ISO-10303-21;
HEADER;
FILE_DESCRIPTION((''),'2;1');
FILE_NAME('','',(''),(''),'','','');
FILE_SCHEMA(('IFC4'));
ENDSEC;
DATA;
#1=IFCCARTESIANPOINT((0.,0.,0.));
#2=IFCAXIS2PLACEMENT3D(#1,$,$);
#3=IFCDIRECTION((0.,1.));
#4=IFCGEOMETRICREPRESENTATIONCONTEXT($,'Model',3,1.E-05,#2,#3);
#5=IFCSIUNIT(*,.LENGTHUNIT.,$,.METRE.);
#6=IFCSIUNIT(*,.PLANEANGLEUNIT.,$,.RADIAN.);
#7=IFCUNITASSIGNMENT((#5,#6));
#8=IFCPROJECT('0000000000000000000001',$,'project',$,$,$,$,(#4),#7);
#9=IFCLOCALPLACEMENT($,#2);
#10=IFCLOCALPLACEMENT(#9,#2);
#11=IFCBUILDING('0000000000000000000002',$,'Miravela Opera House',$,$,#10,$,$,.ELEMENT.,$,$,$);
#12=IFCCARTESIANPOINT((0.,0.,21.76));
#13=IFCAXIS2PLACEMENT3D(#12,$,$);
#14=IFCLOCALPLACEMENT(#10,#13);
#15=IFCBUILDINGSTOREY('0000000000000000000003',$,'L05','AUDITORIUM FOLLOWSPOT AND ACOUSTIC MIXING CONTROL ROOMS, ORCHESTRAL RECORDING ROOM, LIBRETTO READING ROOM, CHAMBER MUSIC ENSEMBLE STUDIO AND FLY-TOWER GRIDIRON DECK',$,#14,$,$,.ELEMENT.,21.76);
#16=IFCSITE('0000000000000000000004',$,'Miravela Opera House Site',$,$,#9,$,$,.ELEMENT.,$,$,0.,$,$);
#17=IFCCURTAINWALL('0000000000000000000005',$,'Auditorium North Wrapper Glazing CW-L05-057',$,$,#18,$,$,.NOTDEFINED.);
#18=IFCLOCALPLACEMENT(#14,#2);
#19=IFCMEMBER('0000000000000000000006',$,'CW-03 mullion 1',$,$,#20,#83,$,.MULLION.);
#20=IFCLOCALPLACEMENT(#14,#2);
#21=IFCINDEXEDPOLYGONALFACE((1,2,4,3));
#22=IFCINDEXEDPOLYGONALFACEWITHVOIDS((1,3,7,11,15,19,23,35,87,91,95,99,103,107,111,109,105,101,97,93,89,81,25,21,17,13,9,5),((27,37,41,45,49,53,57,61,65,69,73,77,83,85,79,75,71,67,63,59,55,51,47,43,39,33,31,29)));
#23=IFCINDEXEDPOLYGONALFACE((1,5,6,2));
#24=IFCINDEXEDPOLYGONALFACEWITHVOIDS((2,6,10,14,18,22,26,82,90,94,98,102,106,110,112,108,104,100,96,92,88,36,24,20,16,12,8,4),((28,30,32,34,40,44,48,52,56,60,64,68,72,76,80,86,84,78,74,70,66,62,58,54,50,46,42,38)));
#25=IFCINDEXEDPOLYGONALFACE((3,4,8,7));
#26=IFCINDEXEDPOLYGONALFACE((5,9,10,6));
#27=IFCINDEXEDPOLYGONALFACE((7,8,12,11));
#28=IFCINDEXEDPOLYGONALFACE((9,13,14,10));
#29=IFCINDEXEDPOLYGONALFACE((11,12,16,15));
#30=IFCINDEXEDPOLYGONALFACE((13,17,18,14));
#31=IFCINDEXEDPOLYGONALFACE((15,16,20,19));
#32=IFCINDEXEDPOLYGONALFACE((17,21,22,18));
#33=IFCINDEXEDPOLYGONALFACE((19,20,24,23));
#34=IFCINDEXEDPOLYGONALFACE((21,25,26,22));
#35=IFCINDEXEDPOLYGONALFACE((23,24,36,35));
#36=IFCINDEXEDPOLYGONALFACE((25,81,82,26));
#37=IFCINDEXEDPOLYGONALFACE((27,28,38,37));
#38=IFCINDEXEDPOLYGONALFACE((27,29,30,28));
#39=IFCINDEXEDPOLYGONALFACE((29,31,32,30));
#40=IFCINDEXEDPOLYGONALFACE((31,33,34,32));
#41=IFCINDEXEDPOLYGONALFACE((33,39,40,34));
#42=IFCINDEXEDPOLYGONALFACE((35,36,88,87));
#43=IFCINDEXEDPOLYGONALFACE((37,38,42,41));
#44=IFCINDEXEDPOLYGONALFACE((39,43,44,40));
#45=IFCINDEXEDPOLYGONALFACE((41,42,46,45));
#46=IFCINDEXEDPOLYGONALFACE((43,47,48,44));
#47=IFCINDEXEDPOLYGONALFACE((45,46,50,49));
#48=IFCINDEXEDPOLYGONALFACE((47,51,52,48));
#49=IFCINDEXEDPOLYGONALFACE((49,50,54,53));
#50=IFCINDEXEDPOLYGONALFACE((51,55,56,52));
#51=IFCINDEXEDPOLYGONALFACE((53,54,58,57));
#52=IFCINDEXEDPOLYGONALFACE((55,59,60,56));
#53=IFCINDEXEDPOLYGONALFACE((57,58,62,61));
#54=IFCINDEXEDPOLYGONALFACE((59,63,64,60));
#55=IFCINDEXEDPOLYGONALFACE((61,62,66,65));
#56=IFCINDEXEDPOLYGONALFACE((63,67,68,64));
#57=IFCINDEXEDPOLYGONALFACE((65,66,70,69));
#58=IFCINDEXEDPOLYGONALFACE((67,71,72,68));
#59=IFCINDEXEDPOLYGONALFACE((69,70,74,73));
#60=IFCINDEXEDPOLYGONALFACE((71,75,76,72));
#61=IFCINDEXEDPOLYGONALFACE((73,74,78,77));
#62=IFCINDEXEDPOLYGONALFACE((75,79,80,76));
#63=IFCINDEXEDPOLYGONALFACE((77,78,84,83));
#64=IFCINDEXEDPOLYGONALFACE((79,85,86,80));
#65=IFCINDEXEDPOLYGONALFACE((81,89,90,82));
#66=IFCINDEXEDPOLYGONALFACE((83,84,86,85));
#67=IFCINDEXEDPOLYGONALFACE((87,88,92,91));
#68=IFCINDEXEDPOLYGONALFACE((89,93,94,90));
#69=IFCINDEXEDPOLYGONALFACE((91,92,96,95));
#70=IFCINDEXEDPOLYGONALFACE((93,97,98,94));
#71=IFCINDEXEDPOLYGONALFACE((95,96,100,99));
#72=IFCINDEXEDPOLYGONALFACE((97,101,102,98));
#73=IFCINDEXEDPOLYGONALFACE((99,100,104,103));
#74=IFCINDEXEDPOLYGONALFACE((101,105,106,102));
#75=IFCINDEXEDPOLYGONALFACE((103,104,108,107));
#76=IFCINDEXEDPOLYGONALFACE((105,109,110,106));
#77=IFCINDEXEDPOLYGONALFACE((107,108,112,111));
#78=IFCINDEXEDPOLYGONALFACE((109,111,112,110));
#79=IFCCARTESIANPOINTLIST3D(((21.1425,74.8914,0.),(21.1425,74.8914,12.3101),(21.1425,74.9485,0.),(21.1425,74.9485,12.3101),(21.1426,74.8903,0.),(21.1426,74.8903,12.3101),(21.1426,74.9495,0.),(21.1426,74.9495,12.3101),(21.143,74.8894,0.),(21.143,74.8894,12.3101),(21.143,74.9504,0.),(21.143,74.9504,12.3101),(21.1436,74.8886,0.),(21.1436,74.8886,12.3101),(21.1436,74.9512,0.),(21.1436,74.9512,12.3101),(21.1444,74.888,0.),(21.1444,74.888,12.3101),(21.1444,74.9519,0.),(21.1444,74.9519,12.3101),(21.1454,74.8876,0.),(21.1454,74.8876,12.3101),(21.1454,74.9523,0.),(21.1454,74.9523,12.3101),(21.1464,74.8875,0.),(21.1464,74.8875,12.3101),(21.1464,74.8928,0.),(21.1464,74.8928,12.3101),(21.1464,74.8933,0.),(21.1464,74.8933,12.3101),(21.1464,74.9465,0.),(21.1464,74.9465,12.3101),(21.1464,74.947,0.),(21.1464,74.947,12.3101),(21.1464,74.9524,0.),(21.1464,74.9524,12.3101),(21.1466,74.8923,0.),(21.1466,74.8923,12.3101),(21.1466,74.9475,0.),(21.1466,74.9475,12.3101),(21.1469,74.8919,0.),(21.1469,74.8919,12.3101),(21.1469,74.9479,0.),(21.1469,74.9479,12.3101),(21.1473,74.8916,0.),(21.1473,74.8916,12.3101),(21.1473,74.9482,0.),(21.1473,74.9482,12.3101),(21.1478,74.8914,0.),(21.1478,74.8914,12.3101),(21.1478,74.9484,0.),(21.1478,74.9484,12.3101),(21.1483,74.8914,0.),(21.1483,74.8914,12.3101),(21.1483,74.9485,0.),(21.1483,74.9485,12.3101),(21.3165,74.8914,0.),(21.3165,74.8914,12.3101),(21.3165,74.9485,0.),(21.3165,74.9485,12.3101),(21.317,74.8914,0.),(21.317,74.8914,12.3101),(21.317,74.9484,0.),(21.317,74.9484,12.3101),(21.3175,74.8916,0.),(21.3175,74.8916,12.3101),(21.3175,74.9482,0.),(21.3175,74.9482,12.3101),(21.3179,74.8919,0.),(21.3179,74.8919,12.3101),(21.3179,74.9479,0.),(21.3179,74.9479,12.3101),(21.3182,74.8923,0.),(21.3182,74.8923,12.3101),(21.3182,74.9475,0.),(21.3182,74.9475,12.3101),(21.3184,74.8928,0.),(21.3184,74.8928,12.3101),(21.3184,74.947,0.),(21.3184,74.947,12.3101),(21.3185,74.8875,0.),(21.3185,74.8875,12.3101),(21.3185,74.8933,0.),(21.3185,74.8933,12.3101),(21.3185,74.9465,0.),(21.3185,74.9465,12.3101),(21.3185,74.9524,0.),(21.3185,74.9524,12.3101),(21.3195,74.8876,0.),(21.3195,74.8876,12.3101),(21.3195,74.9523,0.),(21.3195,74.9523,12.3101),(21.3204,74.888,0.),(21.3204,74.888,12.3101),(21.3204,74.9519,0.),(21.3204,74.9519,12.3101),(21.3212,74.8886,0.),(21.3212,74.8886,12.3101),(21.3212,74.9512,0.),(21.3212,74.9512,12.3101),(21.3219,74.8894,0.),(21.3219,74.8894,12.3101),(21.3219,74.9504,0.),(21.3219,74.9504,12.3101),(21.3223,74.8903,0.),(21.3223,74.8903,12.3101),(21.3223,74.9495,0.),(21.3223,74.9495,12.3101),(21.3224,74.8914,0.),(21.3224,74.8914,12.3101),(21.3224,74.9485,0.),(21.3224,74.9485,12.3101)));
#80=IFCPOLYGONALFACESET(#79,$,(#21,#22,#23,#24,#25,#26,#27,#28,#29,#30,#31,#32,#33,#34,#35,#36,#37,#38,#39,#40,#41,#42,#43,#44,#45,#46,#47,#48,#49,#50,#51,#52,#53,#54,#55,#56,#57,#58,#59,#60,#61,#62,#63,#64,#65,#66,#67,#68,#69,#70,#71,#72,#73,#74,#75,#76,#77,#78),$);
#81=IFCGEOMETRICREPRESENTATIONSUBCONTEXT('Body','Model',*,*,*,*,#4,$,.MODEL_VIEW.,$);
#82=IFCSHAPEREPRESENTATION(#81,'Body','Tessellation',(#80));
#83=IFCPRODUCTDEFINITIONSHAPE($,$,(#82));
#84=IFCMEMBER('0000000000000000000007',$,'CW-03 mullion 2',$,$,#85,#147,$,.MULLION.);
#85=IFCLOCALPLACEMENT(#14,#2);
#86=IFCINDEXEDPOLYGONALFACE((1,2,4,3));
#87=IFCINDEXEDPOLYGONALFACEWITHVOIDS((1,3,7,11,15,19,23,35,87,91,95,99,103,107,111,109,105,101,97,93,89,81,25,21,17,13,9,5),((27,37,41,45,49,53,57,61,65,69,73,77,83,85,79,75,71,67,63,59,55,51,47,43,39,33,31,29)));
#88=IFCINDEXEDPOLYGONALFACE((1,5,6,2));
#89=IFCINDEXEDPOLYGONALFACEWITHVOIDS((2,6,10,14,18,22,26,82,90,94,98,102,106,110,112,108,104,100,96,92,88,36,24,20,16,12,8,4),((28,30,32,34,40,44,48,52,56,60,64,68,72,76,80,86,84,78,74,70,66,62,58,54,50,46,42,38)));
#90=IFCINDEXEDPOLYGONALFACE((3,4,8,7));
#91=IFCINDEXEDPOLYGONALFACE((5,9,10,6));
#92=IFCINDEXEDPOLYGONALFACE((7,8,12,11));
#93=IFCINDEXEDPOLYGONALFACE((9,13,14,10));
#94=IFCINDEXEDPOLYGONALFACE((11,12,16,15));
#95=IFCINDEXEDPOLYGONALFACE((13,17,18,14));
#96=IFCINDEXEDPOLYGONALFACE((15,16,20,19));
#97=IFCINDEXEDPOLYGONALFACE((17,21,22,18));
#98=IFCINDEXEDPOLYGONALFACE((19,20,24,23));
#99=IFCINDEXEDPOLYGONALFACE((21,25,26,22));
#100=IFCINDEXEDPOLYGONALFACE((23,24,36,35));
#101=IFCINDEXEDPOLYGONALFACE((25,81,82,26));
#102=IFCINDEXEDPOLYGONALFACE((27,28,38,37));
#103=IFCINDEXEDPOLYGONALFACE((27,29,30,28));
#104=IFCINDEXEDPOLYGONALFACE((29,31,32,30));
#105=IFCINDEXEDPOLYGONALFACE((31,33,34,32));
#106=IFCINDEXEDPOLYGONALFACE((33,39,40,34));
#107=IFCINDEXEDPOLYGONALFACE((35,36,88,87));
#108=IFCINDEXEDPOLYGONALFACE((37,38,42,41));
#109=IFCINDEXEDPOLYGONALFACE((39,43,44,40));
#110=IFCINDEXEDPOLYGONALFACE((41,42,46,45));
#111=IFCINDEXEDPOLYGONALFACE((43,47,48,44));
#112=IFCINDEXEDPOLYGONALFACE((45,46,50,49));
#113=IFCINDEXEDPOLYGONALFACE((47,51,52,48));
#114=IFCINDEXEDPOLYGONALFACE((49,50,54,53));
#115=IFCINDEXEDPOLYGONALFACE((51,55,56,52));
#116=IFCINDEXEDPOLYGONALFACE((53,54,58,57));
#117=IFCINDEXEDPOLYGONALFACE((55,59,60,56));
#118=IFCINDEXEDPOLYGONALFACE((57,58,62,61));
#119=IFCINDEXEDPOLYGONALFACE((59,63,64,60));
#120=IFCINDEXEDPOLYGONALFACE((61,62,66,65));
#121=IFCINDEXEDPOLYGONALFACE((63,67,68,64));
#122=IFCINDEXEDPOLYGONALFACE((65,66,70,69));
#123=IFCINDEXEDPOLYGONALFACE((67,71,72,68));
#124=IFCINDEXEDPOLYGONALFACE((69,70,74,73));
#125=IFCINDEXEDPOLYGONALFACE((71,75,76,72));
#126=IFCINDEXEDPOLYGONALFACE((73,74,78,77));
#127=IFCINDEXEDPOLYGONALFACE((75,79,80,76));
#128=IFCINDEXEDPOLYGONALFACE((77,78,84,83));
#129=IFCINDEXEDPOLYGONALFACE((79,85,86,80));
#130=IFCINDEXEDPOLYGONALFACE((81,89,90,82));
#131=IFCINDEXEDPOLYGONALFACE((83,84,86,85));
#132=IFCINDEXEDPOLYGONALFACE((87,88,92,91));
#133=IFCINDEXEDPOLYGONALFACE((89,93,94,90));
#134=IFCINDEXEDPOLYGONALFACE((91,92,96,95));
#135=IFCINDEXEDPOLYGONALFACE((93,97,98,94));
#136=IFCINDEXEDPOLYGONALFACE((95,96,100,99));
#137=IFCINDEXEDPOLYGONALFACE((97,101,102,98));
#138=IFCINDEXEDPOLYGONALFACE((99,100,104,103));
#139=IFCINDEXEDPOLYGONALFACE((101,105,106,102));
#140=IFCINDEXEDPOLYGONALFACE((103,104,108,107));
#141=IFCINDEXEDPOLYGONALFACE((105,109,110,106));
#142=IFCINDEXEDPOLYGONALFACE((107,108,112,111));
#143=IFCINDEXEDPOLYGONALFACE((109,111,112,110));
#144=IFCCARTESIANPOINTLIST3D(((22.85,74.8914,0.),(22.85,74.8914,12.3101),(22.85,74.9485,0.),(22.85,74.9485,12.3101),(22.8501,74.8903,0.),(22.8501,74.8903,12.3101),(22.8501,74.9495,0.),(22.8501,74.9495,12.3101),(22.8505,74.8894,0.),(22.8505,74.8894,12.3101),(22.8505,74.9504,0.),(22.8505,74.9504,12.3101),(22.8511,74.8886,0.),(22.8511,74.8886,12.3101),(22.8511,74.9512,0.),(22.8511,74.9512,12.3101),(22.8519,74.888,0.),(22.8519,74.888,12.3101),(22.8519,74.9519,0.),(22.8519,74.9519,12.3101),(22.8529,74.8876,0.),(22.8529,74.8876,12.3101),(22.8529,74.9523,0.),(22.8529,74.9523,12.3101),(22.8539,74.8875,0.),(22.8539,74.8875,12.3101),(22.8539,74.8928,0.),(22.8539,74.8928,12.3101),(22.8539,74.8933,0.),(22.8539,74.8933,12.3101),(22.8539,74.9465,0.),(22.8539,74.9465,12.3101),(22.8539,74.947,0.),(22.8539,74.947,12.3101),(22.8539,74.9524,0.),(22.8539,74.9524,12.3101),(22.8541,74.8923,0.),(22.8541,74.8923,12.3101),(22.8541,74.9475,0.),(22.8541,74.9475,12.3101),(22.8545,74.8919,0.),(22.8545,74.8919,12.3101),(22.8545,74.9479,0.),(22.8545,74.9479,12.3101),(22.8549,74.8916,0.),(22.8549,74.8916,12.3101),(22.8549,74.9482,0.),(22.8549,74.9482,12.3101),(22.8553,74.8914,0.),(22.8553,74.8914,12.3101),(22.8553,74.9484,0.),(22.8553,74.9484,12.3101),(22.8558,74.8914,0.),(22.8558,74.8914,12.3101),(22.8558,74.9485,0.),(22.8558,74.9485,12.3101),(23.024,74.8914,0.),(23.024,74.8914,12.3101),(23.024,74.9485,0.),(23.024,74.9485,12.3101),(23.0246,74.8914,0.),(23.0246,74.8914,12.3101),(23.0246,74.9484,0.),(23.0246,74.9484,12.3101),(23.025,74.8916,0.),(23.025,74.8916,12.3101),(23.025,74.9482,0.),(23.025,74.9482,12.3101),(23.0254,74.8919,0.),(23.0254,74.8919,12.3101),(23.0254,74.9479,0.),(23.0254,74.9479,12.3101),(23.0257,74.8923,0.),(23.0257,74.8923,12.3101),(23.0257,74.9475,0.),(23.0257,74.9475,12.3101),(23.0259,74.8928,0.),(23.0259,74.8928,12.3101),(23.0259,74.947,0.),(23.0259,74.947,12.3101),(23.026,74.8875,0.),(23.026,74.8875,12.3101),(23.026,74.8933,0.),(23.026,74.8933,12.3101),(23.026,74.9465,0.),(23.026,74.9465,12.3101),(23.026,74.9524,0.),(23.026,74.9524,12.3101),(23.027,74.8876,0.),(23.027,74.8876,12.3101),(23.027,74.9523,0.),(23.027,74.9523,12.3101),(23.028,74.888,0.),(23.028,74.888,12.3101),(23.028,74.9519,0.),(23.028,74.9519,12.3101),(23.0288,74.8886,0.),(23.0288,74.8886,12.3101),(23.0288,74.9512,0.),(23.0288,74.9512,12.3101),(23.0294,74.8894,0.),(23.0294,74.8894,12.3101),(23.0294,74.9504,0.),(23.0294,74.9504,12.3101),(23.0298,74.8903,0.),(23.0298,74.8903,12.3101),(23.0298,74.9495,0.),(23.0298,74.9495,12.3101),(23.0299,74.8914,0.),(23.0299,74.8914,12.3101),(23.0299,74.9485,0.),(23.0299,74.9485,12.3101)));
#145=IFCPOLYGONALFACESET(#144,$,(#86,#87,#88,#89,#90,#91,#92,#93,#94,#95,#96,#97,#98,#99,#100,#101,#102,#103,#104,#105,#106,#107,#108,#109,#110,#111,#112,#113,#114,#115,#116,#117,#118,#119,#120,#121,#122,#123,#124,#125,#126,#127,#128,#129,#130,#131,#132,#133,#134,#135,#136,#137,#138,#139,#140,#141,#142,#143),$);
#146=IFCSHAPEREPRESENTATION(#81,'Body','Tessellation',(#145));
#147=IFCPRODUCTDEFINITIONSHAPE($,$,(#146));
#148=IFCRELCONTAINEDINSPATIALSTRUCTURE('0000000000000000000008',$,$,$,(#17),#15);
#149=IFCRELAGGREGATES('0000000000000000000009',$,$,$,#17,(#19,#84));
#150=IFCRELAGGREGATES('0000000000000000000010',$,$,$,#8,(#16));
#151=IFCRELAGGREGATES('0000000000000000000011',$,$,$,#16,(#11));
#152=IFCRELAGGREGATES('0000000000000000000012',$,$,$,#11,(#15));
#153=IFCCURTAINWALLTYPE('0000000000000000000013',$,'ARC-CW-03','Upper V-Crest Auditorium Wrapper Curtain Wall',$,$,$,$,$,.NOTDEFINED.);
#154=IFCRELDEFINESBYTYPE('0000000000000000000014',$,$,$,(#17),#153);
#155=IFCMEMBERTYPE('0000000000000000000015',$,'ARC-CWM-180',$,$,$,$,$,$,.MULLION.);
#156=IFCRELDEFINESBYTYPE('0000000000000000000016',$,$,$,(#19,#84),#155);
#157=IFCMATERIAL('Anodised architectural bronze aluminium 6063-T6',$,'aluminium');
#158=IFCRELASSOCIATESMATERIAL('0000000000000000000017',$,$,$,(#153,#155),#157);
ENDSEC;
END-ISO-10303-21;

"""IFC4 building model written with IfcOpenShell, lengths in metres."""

from ifc_helpers import new_model, si_unit, direction, frame, origin, origin_2d, place, context, subcontext, project, spatial, hollow_rectangle, extrude, material, material_profile, profile_set, type_object, element, aggregate, save


model = new_model("IFC4")

# Units and contexts
model_context = context("Model", 3, precision=1e-05, world=origin(), true_north=direction((0.0, 1.0)))
body_context = subcontext(model_context, "Body", "Model", "MODEL_VIEW")
ifc_project = project(units=[si_unit("LENGTHUNIT", "METRE"), si_unit("PLANEANGLEUNIT", "RADIAN")], contexts=[model_context])

# Site, building, storey
site_placement = place(None, origin())
site = spatial("IfcSite", under=ifc_project, at=site_placement, Name="Miravela Opera House Site", CompositionType="ELEMENT", RefElevation=0.0)
building_placement = place(site_placement, origin())
building = spatial("IfcBuilding", under=site, at=building_placement, Name="Miravela Opera House", CompositionType="ELEMENT")
storey_placement = place(building_placement, frame((0.0, 0.0, 21.76)))
storey = spatial("IfcBuildingStorey", under=building, at=storey_placement, Name="L05", Description="AUDITORIUM FOLLOWSPOT AND ACOUSTIC MIXING CONTROL ROOMS, ORCHESTRAL RECORDING ROOM, LIBRETTO READING ROOM, CHAMBER MUSIC ENSEMBLE STUDIO AND FLY-TOWER GRIDIRON DECK", CompositionType="ELEMENT", Elevation=21.76)

# Curtain wall, members
ifc_material_1 = material(Name="Anodised architectural bronze aluminium 6063-T6", Category="aluminium")
curtain_wall_type = type_object("IfcCurtainWallType", Name="ARC-CW-03", Description="Upper V-Crest Auditorium Wrapper Curtain Wall", PredefinedType="NOTDEFINED", material=ifc_material_1)
ifc_material_profile_1 = material_profile(ifc_material_1, hollow_rectangle(XDim=0.0649, YDim=0.1799, WallThickness=0.0039, InnerFilletRadius=0.002, OuterFilletRadius=0.0039, at=origin_2d()), Name="CWM-65X180")
ifc_profile_set_1 = profile_set([ifc_material_profile_1])
member_type_1 = type_object("IfcMemberType", Name="ARC-CWM-180", PredefinedType="MULLION", material=ifc_profile_set_1)
curtain_wall_1_placement = place(storey_placement, origin())
curtain_wall_1 = element("IfcCurtainWall", 1, at=curtain_wall_1_placement, inside=storey, type_object=curtain_wall_type, Name="Auditorium North Wrapper Glazing CW-L05-057", PredefinedType="NOTDEFINED")
member_1_placement = place(storey_placement, frame((21.2324, 74.9199, 0.0), z_axis=(0.0, 0.0, 1.0), x_axis=(0.0, 1.0, 0.0)))
member_1 = element("IfcMember", 2, at=member_1_placement, type_object=member_type_1, Name="CW-03 mullion 1", PredefinedType="MULLION", context=body_context, shape_type="SweptSolid", body=[
    extrude(hollow_rectangle(XDim=0.0649, YDim=0.1799, WallThickness=0.0039, InnerFilletRadius=0.002, OuterFilletRadius=0.0039, at=origin_2d()), origin(), (0.0, 0.0, 1.0), 12.3101),
])
member_2_placement = place(storey_placement, frame((22.9399, 74.9199, 0.0), z_axis=(0.0, 0.0, 1.0), x_axis=(0.0, 1.0, 0.0)))
member_2 = element("IfcMember", 3, at=member_2_placement, type_object=member_type_1, Name="CW-03 mullion 2", PredefinedType="MULLION", context=body_context, shape_type="SweptSolid", body=[
    extrude(hollow_rectangle(XDim=0.0649, YDim=0.1799, WallThickness=0.0039, InnerFilletRadius=0.002, OuterFilletRadius=0.0039, at=origin_2d()), origin(), (0.0, 0.0, 1.0), 12.3101),
])

aggregate(curtain_wall_1, [member_1, member_2])

save(model, "model.ifc")
